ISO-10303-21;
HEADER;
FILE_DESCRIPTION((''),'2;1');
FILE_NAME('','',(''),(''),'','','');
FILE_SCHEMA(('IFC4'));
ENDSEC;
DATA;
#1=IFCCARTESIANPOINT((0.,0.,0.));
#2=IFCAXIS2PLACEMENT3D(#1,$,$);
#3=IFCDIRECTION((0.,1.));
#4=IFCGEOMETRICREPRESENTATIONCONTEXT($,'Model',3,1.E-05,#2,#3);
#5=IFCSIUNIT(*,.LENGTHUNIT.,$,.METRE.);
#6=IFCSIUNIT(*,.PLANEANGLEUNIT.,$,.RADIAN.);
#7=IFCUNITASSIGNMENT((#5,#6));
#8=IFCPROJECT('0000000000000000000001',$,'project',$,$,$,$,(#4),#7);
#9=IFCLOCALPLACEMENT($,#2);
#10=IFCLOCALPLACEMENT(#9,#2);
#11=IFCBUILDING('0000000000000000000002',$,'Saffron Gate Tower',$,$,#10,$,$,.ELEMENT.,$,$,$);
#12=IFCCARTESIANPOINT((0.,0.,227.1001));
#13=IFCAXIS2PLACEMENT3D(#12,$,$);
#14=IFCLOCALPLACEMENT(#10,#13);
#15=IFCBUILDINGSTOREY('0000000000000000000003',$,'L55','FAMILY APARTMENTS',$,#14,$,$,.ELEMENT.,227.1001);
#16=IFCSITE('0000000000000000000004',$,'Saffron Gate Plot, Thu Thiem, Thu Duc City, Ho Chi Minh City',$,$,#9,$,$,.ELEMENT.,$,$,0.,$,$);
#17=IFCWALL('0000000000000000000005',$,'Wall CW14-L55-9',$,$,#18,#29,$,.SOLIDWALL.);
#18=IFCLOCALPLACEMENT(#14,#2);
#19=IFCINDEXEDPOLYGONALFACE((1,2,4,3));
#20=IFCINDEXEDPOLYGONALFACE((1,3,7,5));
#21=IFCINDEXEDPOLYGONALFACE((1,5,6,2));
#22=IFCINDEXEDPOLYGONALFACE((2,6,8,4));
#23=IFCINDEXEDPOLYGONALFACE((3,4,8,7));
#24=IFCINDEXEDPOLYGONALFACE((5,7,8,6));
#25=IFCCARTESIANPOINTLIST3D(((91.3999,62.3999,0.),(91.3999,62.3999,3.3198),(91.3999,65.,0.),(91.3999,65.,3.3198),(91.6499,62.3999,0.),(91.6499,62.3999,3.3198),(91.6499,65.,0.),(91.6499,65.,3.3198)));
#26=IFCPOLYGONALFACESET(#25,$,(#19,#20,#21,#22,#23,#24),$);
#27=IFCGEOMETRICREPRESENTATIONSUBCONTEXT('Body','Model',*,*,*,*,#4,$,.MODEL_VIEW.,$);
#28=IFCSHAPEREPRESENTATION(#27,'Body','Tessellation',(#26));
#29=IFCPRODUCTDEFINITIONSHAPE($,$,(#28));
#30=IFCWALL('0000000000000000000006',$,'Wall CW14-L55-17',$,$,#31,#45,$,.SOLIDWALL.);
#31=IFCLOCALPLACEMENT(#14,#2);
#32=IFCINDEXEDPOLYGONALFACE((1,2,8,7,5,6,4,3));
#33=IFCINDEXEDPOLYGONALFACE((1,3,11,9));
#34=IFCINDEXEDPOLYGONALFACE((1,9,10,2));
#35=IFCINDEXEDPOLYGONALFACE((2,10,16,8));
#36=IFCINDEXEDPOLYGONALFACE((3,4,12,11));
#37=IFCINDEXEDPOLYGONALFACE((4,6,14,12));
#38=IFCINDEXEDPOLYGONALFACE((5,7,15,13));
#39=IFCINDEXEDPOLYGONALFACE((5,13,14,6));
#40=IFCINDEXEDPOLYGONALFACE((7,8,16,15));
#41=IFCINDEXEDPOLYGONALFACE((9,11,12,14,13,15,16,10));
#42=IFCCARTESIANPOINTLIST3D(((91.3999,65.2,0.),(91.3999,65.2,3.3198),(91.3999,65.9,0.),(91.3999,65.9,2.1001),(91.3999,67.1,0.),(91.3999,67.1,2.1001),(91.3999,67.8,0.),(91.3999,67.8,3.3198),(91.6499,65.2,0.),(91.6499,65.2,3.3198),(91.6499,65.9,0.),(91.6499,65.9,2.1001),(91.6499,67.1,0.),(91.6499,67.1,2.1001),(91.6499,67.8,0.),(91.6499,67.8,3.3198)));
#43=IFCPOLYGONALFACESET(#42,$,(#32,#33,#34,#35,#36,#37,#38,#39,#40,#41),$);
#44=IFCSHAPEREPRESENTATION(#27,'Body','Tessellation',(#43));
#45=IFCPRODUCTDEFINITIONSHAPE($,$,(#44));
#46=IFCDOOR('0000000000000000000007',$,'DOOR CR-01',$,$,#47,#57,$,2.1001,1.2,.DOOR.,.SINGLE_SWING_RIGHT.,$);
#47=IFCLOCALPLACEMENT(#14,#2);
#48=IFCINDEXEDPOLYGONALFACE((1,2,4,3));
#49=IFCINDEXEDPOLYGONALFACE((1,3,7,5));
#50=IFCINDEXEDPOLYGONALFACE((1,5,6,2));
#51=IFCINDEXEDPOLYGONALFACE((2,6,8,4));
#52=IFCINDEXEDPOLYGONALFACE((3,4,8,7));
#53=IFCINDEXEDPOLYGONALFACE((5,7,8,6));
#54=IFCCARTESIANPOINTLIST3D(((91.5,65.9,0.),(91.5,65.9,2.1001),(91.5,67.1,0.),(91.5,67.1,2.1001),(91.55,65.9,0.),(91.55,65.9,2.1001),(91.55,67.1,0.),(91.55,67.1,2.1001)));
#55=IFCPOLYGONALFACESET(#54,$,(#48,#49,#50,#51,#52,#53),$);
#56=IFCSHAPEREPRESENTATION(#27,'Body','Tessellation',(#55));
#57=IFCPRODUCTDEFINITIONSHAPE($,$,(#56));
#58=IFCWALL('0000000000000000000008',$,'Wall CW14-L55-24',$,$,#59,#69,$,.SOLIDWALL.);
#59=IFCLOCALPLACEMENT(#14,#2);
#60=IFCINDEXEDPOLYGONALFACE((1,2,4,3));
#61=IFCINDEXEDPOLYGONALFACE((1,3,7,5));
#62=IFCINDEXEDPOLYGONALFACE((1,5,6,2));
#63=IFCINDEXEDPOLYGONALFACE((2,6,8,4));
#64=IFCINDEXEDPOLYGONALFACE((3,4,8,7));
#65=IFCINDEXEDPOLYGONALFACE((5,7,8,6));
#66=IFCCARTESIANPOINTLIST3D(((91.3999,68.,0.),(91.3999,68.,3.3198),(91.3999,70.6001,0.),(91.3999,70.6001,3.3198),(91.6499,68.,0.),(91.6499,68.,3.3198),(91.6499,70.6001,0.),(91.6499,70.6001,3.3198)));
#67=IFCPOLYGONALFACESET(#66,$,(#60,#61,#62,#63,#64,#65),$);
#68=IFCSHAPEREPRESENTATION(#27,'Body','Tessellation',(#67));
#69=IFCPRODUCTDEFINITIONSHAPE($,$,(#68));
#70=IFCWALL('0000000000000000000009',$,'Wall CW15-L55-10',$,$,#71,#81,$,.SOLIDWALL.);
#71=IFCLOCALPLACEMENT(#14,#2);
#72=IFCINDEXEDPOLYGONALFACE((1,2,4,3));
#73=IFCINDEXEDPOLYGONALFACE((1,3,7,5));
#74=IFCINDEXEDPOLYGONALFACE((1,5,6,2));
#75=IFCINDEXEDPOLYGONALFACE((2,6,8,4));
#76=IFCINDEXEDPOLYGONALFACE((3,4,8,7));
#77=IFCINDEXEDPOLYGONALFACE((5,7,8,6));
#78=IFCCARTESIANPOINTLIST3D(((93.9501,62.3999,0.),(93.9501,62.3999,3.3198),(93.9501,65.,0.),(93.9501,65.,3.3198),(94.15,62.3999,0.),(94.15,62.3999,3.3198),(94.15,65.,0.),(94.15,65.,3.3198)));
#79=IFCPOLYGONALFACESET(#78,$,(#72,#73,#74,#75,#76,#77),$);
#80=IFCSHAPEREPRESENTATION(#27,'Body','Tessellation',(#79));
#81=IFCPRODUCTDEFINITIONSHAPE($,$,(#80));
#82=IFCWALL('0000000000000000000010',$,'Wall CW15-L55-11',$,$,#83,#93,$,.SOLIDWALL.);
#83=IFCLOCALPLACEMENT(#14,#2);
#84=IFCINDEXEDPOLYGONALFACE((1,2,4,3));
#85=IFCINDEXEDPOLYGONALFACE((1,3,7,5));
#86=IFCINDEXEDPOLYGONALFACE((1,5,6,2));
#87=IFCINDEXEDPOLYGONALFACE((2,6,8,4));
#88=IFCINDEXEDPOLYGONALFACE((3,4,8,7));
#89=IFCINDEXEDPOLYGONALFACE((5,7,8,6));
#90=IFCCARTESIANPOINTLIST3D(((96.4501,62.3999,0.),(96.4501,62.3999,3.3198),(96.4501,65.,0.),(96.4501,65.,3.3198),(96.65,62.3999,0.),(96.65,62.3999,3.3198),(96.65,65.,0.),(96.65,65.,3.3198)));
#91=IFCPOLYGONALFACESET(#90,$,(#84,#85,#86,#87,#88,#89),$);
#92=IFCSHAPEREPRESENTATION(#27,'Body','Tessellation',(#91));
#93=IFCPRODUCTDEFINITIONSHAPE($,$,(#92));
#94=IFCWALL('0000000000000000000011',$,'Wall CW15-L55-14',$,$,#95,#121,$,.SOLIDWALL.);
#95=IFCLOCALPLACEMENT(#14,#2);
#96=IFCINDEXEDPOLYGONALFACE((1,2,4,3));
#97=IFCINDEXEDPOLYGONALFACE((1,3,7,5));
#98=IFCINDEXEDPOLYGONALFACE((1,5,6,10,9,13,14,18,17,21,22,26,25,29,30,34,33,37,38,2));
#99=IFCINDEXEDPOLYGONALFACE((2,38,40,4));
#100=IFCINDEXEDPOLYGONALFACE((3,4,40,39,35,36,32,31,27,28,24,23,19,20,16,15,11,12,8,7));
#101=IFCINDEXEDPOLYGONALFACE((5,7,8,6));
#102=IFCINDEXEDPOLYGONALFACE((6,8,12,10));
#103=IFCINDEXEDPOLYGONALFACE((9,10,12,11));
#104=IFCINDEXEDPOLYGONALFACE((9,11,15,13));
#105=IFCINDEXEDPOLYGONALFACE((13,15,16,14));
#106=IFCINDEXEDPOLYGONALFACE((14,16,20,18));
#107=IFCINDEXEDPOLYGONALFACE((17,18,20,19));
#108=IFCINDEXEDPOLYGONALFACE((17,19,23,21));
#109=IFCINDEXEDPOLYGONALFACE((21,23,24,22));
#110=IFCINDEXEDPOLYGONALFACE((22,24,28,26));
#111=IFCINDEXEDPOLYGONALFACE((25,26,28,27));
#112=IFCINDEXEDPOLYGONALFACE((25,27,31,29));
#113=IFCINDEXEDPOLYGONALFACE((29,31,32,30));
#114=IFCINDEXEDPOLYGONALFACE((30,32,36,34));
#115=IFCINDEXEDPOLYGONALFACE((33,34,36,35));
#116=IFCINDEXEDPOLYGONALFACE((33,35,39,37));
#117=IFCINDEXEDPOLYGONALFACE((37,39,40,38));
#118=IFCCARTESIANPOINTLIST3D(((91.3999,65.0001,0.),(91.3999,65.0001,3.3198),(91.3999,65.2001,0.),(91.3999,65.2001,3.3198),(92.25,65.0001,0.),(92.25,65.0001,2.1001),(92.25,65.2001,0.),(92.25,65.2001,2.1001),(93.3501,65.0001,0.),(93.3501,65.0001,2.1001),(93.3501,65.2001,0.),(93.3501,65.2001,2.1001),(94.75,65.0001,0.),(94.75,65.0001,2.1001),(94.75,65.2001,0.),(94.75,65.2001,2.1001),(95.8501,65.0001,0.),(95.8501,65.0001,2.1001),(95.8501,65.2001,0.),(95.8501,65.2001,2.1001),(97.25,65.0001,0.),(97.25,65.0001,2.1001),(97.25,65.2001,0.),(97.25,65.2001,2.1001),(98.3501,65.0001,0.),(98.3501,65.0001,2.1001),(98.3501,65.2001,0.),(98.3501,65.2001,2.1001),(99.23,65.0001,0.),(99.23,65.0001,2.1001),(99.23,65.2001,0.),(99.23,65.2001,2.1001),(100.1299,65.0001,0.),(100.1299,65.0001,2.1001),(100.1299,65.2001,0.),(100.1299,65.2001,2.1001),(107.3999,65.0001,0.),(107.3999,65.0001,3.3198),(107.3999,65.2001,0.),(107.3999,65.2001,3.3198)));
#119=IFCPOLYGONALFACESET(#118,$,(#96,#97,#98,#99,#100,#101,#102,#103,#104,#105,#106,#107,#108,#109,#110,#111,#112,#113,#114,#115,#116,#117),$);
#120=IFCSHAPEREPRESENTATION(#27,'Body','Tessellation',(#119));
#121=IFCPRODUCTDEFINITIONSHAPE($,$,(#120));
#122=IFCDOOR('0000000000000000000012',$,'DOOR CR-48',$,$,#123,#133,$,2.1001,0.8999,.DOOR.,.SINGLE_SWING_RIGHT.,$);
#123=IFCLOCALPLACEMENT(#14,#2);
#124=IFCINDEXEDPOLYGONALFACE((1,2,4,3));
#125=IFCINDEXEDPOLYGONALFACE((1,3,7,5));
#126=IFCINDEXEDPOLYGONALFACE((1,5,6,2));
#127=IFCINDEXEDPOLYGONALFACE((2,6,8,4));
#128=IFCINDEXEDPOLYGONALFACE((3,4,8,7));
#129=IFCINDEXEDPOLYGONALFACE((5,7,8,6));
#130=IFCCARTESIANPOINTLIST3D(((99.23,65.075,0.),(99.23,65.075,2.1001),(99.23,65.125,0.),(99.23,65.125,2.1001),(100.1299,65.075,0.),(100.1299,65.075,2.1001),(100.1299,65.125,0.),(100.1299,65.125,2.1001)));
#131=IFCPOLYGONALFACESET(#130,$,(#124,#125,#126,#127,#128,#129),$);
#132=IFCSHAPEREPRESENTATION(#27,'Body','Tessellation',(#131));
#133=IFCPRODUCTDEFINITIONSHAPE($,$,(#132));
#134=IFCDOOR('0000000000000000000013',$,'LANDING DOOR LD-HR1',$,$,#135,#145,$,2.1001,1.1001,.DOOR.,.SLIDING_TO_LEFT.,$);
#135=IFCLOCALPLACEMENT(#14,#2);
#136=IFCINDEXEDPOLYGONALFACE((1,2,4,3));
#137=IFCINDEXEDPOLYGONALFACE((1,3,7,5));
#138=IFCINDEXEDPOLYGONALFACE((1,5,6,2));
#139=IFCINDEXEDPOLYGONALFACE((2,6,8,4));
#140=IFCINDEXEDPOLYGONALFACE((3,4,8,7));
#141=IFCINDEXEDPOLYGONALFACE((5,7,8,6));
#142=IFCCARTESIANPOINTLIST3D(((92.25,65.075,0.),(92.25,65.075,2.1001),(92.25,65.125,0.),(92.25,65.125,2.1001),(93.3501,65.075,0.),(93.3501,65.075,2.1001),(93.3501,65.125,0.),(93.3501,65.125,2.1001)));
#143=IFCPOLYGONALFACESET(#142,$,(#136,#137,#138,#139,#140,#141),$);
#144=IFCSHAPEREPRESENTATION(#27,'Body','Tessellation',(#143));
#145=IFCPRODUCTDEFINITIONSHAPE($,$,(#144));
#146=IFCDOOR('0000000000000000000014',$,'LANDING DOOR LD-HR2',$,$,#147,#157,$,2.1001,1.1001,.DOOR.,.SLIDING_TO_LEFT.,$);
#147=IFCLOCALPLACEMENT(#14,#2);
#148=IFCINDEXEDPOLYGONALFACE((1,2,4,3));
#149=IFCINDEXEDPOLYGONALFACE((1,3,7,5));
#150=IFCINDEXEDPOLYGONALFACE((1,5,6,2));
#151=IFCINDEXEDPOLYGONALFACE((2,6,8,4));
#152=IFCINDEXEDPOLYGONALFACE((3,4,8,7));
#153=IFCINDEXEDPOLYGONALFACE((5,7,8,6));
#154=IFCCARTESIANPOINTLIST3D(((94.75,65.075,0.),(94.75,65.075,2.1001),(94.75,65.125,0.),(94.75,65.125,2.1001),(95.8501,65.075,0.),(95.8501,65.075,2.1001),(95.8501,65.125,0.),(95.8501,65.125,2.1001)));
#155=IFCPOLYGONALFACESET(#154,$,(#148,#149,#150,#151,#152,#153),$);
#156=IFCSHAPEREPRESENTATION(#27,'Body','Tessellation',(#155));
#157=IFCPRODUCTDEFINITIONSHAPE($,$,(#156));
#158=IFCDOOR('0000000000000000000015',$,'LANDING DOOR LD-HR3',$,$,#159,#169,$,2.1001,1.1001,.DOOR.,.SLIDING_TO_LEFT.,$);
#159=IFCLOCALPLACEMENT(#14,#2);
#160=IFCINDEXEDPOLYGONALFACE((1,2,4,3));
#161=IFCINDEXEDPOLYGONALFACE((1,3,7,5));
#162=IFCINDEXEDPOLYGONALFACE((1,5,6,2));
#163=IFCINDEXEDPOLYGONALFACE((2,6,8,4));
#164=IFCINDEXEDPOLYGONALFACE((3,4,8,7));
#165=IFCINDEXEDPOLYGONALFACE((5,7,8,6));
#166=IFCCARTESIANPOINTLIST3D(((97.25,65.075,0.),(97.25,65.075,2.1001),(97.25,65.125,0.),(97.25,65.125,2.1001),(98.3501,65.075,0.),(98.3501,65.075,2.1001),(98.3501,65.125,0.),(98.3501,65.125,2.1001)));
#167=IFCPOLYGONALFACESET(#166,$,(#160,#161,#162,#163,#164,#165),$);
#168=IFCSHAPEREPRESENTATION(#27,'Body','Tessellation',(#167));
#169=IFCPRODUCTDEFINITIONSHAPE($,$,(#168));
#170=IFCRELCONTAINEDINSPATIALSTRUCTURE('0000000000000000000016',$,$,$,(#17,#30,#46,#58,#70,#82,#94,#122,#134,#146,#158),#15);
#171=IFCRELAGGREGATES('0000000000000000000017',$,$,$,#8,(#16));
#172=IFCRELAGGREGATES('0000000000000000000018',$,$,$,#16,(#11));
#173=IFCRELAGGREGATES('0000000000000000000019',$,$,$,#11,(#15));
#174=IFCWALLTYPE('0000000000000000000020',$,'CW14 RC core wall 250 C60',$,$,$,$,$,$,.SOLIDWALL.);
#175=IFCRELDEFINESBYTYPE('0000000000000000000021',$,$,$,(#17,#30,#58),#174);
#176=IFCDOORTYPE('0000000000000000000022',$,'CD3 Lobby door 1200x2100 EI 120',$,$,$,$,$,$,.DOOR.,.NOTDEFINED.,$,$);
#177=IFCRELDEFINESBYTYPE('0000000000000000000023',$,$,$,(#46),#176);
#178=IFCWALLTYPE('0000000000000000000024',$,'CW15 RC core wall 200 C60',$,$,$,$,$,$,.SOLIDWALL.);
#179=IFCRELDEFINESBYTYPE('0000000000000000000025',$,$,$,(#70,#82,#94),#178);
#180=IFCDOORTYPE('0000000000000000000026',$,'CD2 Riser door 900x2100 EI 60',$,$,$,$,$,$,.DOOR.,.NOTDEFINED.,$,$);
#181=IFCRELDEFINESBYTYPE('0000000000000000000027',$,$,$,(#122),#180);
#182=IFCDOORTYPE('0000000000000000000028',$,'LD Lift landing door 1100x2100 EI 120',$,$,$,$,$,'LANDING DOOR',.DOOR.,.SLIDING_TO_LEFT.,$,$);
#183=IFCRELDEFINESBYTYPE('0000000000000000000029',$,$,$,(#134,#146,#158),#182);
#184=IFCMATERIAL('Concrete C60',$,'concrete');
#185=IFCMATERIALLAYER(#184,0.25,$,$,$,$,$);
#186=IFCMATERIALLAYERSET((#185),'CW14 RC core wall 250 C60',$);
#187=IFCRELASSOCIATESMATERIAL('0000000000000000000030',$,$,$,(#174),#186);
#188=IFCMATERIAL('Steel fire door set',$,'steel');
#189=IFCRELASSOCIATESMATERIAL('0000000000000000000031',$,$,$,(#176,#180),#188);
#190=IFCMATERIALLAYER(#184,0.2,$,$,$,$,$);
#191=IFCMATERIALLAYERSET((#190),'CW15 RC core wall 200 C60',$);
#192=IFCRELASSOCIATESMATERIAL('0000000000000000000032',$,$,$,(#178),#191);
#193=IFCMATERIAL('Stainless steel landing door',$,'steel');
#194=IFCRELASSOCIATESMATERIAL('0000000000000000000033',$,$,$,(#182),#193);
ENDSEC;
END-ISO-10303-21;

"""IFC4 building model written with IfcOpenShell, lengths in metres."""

from ifc_helpers import new_model, si_unit, direction, frame, frame_2d, origin, place, context, subcontext, project, spatial, rectangle, extrude, material, layer, layer_set, type_object, element, fill, save


model = new_model("IFC4")

# Units and contexts
model_context = context("Model", 3, precision=1e-05, world=origin(), true_north=direction((0.0, 1.0)))
body_context = subcontext(model_context, "Body", "Model", "MODEL_VIEW")
ifc_project = project(units=[si_unit("LENGTHUNIT", "METRE"), si_unit("PLANEANGLEUNIT", "RADIAN")], contexts=[model_context])

# Site, building, storey
site_placement = place(None, origin())
site = spatial("IfcSite", under=ifc_project, at=site_placement, Name="Saffron Gate Plot, Thu Thiem, Thu Duc City, Ho Chi Minh City", CompositionType="ELEMENT", RefElevation=0.0)
building_placement = place(site_placement, origin())
building = spatial("IfcBuilding", under=site, at=building_placement, Name="Saffron Gate Tower", CompositionType="ELEMENT")
storey_placement = place(building_placement, frame((0.0, 0.0, 227.1001)))
storey = spatial("IfcBuildingStorey", under=building, at=storey_placement, Name="L55", Description="FAMILY APARTMENTS", CompositionType="ELEMENT", Elevation=227.1001)

# Wall
ifc_material_1 = material(Name="Concrete C60", Category="concrete")
ifc_layer_1 = layer(ifc_material_1, 0.25)
ifc_layer_set_1 = layer_set([ifc_layer_1], Name="CW14 RC core wall 250 C60")
wall_type_1 = type_object("IfcWallType", Name="CW14 RC core wall 250 C60", PredefinedType="SOLIDWALL", material=ifc_layer_set_1)
wall_1_placement = place(storey_placement, frame((91.5249, 62.3999, 0.0), z_axis=(0.0, 0.0, 1.0), x_axis=(0.0, 1.0, 0.0)))
element("IfcWall", 1, at=wall_1_placement, inside=storey, type_object=wall_type_1, Name="Wall CW14-L55-9", PredefinedType="SOLIDWALL", context=body_context, shape_type="SweptSolid", body=[
    extrude(rectangle(XDim=2.6001, YDim=0.25, at=frame_2d((1.3, 0.0))), origin(), (0.0, 0.0, 1.0), 3.3198),
])

# Wall, opening, door
wall_2_placement = place(storey_placement, frame((91.5249, 65.2, 0.0), z_axis=(0.0, 0.0, 1.0), x_axis=(0.0, 1.0, 0.0)))
wall_2 = element("IfcWall", 2, at=wall_2_placement, inside=storey, type_object=wall_type_1, Name="Wall CW14-L55-17", PredefinedType="SOLIDWALL", context=body_context, shape_type="SweptSolid", body=[
    extrude(rectangle(XDim=2.6001, YDim=0.25, at=frame_2d((1.3, 0.0))), origin(), (0.0, 0.0, 1.0), 3.3198),
])
opening_1_placement = place(wall_2_placement, frame((0.7, 0.0, 0.0)))
opening_1 = element("IfcOpeningElement", 3, at=opening_1_placement, cuts=wall_2, PredefinedType="OPENING", context=body_context, shape_type="SweptSolid", body=[
    extrude(rectangle(XDim=1.2, YDim=2.1001, at=frame_2d((0.6001, 1.05))), frame((0.0, 0.135, 0.0), z_axis=(0.0, -1.0, 0.0), x_axis=(1.0, 0.0, 0.0)), (0.0, 0.0, 1.0), 0.27),
])
ifc_material_2 = material(Name="Steel fire door set", Category="steel")
door_type_1 = type_object("IfcDoorType", Name="CD3 Lobby door 1200x2100 EI 120", OperationType="NOTDEFINED", PredefinedType="DOOR", material=ifc_material_2)
door_1_placement = place(opening_1_placement, origin())
door_1 = element("IfcDoor", 4, at=door_1_placement, inside=storey, type_object=door_type_1, Name="DOOR CR-01", OperationType="SINGLE_SWING_RIGHT", OverallHeight=2.1001, OverallWidth=1.2, PredefinedType="DOOR", context=body_context, shape_type="SweptSolid", body=[
    extrude(rectangle(XDim=1.2, YDim=2.1001, at=frame_2d((0.6001, 1.05))), frame((0.0, 0.0249, 0.0), z_axis=(0.0, -1.0, 0.0), x_axis=(1.0, 0.0, 0.0)), (0.0, 0.0, 1.0), 0.05),
])
fill(opening_1, door_1)

# Walls
wall_3_placement = place(storey_placement, frame((91.5249, 68.0, 0.0), z_axis=(0.0, 0.0, 1.0), x_axis=(0.0, 1.0, 0.0)))
element("IfcWall", 5, at=wall_3_placement, inside=storey, type_object=wall_type_1, Name="Wall CW14-L55-24", PredefinedType="SOLIDWALL", context=body_context, shape_type="SweptSolid", body=[
    extrude(rectangle(XDim=2.6001, YDim=0.25, at=frame_2d((1.3, 0.0))), origin(), (0.0, 0.0, 1.0), 3.3198),
])
ifc_layer_2 = layer(ifc_material_1, 0.2)
ifc_layer_set_2 = layer_set([ifc_layer_2], Name="CW15 RC core wall 200 C60")
wall_type_2 = type_object("IfcWallType", Name="CW15 RC core wall 200 C60", PredefinedType="SOLIDWALL", material=ifc_layer_set_2)
for number, where, z_axis, x_axis, name in (
    (6, (94.05, 62.3999, 0.0), (0.0, 0.0, 1.0), (0.0, 1.0, 0.0), "Wall CW15-L55-10"),
    (7, (96.55, 62.3999, 0.0), (0.0, 0.0, 1.0), (0.0, 1.0, 0.0), "Wall CW15-L55-11"),
):
    element("IfcWall", number, at=place(storey_placement, frame(where, z_axis=z_axis, x_axis=x_axis)), inside=storey, type_object=wall_type_2, Name=name, PredefinedType="SOLIDWALL", context=body_context, shape_type="SweptSolid", body=[
        extrude(rectangle(XDim=2.6001, YDim=0.2, at=frame_2d((1.3, 0.0))), origin(), (0.0, 0.0, 1.0), 3.3198),
    ])

# Wall, openings, doors
wall_4_placement = place(storey_placement, frame((91.3999, 65.1001, 0.0), z_axis=(0.0, 0.0, 1.0), x_axis=(1.0, 0.0, 0.0)))
wall_4 = element("IfcWall", 8, at=wall_4_placement, inside=storey, type_object=wall_type_2, Name="Wall CW15-L55-14", PredefinedType="SOLIDWALL", context=body_context, shape_type="SweptSolid", body=[
    extrude(rectangle(XDim=16.0, YDim=0.2, at=frame_2d((8.0, 0.0))), origin(), (0.0, 0.0, 1.0), 3.3198),
])
opening_2_placement = place(wall_4_placement, frame((0.8501, 0.0, 0.0)))
opening_2 = element("IfcOpeningElement", 9, at=opening_2_placement, cuts=wall_4, PredefinedType="OPENING", context=body_context, shape_type="SweptSolid", body=[
    extrude(rectangle(XDim=1.1001, YDim=2.1001, at=frame_2d((0.55, 1.05))), frame((0.0, 0.1099, 0.0), z_axis=(0.0, -1.0, 0.0), x_axis=(1.0, 0.0, 0.0)), (0.0, 0.0, 1.0), 0.22),
])
opening_3_placement = place(wall_4_placement, frame((3.3501, 0.0, 0.0)))
opening_3 = element("IfcOpeningElement", 10, at=opening_3_placement, cuts=wall_4, PredefinedType="OPENING", context=body_context, shape_type="SweptSolid", body=[
    extrude(rectangle(XDim=1.1001, YDim=2.1001, at=frame_2d((0.55, 1.05))), frame((0.0, 0.1099, 0.0), z_axis=(0.0, -1.0, 0.0), x_axis=(1.0, 0.0, 0.0)), (0.0, 0.0, 1.0), 0.22),
])
opening_4_placement = place(wall_4_placement, frame((5.8501, 0.0, 0.0)))
opening_4 = element("IfcOpeningElement", 11, at=opening_4_placement, cuts=wall_4, PredefinedType="OPENING", context=body_context, shape_type="SweptSolid", body=[
    extrude(rectangle(XDim=1.1001, YDim=2.1001, at=frame_2d((0.55, 1.05))), frame((0.0, 0.1099, 0.0), z_axis=(0.0, -1.0, 0.0), x_axis=(1.0, 0.0, 0.0)), (0.0, 0.0, 1.0), 0.22),
])
opening_5_placement = place(wall_4_placement, frame((7.8301, 0.0, 0.0)))
opening_5 = element("IfcOpeningElement", 12, at=opening_5_placement, cuts=wall_4, PredefinedType="OPENING", context=body_context, shape_type="SweptSolid", body=[
    extrude(rectangle(XDim=0.8999, YDim=2.1001, at=frame_2d((0.45, 1.05))), frame((0.0, 0.1099, 0.0), z_axis=(0.0, -1.0, 0.0), x_axis=(1.0, 0.0, 0.0)), (0.0, 0.0, 1.0), 0.22),
])
door_type_2 = type_object("IfcDoorType", Name="CD2 Riser door 900x2100 EI 60", OperationType="NOTDEFINED", PredefinedType="DOOR", material=ifc_material_2)
door_2_placement = place(opening_5_placement, origin())
door_2 = element("IfcDoor", 13, at=door_2_placement, inside=storey, type_object=door_type_2, Name="DOOR CR-48", OperationType="SINGLE_SWING_RIGHT", OverallHeight=2.1001, OverallWidth=0.8999, PredefinedType="DOOR", context=body_context, shape_type="SweptSolid", body=[
    extrude(rectangle(XDim=0.8999, YDim=2.1001, at=frame_2d((0.45, 1.05))), frame((0.0, 0.0249, 0.0), z_axis=(0.0, -1.0, 0.0), x_axis=(1.0, 0.0, 0.0)), (0.0, 0.0, 1.0), 0.05),
])
fill(opening_5, door_2)
ifc_material_3 = material(Name="Stainless steel landing door", Category="steel")
door_type_3 = type_object("IfcDoorType", Name="LD Lift landing door 1100x2100 EI 120", ElementType="LANDING DOOR", OperationType="SLIDING_TO_LEFT", PredefinedType="DOOR", material=ifc_material_3)
door_3_placement = place(opening_2_placement, origin())
door_3 = element("IfcDoor", 14, at=door_3_placement, inside=storey, type_object=door_type_3, Name="LANDING DOOR LD-HR1", OperationType="SLIDING_TO_LEFT", OverallHeight=2.1001, OverallWidth=1.1001, PredefinedType="DOOR", context=body_context, shape_type="SweptSolid", body=[
    extrude(rectangle(XDim=1.1001, YDim=2.1001, at=frame_2d((0.55, 1.05))), frame((0.0, 0.0249, 0.0), z_axis=(0.0, -1.0, 0.0), x_axis=(1.0, 0.0, 0.0)), (0.0, 0.0, 1.0), 0.05),
])
fill(opening_2, door_3)
door_4_placement = place(opening_3_placement, origin())
door_4 = element("IfcDoor", 15, at=door_4_placement, inside=storey, type_object=door_type_3, Name="LANDING DOOR LD-HR2", OperationType="SLIDING_TO_LEFT", OverallHeight=2.1001, OverallWidth=1.1001, PredefinedType="DOOR", context=body_context, shape_type="SweptSolid", body=[
    extrude(rectangle(XDim=1.1001, YDim=2.1001, at=frame_2d((0.55, 1.05))), frame((0.0, 0.0249, 0.0), z_axis=(0.0, -1.0, 0.0), x_axis=(1.0, 0.0, 0.0)), (0.0, 0.0, 1.0), 0.05),
])
fill(opening_3, door_4)
door_5_placement = place(opening_4_placement, origin())
door_5 = element("IfcDoor", 16, at=door_5_placement, inside=storey, type_object=door_type_3, Name="LANDING DOOR LD-HR3", OperationType="SLIDING_TO_LEFT", OverallHeight=2.1001, OverallWidth=1.1001, PredefinedType="DOOR", context=body_context, shape_type="SweptSolid", body=[
    extrude(rectangle(XDim=1.1001, YDim=2.1001, at=frame_2d((0.55, 1.05))), frame((0.0, 0.0249, 0.0), z_axis=(0.0, -1.0, 0.0), x_axis=(1.0, 0.0, 0.0)), (0.0, 0.0, 1.0), 0.05),
])
fill(opening_4, door_5)

save(model, "model.ifc")
